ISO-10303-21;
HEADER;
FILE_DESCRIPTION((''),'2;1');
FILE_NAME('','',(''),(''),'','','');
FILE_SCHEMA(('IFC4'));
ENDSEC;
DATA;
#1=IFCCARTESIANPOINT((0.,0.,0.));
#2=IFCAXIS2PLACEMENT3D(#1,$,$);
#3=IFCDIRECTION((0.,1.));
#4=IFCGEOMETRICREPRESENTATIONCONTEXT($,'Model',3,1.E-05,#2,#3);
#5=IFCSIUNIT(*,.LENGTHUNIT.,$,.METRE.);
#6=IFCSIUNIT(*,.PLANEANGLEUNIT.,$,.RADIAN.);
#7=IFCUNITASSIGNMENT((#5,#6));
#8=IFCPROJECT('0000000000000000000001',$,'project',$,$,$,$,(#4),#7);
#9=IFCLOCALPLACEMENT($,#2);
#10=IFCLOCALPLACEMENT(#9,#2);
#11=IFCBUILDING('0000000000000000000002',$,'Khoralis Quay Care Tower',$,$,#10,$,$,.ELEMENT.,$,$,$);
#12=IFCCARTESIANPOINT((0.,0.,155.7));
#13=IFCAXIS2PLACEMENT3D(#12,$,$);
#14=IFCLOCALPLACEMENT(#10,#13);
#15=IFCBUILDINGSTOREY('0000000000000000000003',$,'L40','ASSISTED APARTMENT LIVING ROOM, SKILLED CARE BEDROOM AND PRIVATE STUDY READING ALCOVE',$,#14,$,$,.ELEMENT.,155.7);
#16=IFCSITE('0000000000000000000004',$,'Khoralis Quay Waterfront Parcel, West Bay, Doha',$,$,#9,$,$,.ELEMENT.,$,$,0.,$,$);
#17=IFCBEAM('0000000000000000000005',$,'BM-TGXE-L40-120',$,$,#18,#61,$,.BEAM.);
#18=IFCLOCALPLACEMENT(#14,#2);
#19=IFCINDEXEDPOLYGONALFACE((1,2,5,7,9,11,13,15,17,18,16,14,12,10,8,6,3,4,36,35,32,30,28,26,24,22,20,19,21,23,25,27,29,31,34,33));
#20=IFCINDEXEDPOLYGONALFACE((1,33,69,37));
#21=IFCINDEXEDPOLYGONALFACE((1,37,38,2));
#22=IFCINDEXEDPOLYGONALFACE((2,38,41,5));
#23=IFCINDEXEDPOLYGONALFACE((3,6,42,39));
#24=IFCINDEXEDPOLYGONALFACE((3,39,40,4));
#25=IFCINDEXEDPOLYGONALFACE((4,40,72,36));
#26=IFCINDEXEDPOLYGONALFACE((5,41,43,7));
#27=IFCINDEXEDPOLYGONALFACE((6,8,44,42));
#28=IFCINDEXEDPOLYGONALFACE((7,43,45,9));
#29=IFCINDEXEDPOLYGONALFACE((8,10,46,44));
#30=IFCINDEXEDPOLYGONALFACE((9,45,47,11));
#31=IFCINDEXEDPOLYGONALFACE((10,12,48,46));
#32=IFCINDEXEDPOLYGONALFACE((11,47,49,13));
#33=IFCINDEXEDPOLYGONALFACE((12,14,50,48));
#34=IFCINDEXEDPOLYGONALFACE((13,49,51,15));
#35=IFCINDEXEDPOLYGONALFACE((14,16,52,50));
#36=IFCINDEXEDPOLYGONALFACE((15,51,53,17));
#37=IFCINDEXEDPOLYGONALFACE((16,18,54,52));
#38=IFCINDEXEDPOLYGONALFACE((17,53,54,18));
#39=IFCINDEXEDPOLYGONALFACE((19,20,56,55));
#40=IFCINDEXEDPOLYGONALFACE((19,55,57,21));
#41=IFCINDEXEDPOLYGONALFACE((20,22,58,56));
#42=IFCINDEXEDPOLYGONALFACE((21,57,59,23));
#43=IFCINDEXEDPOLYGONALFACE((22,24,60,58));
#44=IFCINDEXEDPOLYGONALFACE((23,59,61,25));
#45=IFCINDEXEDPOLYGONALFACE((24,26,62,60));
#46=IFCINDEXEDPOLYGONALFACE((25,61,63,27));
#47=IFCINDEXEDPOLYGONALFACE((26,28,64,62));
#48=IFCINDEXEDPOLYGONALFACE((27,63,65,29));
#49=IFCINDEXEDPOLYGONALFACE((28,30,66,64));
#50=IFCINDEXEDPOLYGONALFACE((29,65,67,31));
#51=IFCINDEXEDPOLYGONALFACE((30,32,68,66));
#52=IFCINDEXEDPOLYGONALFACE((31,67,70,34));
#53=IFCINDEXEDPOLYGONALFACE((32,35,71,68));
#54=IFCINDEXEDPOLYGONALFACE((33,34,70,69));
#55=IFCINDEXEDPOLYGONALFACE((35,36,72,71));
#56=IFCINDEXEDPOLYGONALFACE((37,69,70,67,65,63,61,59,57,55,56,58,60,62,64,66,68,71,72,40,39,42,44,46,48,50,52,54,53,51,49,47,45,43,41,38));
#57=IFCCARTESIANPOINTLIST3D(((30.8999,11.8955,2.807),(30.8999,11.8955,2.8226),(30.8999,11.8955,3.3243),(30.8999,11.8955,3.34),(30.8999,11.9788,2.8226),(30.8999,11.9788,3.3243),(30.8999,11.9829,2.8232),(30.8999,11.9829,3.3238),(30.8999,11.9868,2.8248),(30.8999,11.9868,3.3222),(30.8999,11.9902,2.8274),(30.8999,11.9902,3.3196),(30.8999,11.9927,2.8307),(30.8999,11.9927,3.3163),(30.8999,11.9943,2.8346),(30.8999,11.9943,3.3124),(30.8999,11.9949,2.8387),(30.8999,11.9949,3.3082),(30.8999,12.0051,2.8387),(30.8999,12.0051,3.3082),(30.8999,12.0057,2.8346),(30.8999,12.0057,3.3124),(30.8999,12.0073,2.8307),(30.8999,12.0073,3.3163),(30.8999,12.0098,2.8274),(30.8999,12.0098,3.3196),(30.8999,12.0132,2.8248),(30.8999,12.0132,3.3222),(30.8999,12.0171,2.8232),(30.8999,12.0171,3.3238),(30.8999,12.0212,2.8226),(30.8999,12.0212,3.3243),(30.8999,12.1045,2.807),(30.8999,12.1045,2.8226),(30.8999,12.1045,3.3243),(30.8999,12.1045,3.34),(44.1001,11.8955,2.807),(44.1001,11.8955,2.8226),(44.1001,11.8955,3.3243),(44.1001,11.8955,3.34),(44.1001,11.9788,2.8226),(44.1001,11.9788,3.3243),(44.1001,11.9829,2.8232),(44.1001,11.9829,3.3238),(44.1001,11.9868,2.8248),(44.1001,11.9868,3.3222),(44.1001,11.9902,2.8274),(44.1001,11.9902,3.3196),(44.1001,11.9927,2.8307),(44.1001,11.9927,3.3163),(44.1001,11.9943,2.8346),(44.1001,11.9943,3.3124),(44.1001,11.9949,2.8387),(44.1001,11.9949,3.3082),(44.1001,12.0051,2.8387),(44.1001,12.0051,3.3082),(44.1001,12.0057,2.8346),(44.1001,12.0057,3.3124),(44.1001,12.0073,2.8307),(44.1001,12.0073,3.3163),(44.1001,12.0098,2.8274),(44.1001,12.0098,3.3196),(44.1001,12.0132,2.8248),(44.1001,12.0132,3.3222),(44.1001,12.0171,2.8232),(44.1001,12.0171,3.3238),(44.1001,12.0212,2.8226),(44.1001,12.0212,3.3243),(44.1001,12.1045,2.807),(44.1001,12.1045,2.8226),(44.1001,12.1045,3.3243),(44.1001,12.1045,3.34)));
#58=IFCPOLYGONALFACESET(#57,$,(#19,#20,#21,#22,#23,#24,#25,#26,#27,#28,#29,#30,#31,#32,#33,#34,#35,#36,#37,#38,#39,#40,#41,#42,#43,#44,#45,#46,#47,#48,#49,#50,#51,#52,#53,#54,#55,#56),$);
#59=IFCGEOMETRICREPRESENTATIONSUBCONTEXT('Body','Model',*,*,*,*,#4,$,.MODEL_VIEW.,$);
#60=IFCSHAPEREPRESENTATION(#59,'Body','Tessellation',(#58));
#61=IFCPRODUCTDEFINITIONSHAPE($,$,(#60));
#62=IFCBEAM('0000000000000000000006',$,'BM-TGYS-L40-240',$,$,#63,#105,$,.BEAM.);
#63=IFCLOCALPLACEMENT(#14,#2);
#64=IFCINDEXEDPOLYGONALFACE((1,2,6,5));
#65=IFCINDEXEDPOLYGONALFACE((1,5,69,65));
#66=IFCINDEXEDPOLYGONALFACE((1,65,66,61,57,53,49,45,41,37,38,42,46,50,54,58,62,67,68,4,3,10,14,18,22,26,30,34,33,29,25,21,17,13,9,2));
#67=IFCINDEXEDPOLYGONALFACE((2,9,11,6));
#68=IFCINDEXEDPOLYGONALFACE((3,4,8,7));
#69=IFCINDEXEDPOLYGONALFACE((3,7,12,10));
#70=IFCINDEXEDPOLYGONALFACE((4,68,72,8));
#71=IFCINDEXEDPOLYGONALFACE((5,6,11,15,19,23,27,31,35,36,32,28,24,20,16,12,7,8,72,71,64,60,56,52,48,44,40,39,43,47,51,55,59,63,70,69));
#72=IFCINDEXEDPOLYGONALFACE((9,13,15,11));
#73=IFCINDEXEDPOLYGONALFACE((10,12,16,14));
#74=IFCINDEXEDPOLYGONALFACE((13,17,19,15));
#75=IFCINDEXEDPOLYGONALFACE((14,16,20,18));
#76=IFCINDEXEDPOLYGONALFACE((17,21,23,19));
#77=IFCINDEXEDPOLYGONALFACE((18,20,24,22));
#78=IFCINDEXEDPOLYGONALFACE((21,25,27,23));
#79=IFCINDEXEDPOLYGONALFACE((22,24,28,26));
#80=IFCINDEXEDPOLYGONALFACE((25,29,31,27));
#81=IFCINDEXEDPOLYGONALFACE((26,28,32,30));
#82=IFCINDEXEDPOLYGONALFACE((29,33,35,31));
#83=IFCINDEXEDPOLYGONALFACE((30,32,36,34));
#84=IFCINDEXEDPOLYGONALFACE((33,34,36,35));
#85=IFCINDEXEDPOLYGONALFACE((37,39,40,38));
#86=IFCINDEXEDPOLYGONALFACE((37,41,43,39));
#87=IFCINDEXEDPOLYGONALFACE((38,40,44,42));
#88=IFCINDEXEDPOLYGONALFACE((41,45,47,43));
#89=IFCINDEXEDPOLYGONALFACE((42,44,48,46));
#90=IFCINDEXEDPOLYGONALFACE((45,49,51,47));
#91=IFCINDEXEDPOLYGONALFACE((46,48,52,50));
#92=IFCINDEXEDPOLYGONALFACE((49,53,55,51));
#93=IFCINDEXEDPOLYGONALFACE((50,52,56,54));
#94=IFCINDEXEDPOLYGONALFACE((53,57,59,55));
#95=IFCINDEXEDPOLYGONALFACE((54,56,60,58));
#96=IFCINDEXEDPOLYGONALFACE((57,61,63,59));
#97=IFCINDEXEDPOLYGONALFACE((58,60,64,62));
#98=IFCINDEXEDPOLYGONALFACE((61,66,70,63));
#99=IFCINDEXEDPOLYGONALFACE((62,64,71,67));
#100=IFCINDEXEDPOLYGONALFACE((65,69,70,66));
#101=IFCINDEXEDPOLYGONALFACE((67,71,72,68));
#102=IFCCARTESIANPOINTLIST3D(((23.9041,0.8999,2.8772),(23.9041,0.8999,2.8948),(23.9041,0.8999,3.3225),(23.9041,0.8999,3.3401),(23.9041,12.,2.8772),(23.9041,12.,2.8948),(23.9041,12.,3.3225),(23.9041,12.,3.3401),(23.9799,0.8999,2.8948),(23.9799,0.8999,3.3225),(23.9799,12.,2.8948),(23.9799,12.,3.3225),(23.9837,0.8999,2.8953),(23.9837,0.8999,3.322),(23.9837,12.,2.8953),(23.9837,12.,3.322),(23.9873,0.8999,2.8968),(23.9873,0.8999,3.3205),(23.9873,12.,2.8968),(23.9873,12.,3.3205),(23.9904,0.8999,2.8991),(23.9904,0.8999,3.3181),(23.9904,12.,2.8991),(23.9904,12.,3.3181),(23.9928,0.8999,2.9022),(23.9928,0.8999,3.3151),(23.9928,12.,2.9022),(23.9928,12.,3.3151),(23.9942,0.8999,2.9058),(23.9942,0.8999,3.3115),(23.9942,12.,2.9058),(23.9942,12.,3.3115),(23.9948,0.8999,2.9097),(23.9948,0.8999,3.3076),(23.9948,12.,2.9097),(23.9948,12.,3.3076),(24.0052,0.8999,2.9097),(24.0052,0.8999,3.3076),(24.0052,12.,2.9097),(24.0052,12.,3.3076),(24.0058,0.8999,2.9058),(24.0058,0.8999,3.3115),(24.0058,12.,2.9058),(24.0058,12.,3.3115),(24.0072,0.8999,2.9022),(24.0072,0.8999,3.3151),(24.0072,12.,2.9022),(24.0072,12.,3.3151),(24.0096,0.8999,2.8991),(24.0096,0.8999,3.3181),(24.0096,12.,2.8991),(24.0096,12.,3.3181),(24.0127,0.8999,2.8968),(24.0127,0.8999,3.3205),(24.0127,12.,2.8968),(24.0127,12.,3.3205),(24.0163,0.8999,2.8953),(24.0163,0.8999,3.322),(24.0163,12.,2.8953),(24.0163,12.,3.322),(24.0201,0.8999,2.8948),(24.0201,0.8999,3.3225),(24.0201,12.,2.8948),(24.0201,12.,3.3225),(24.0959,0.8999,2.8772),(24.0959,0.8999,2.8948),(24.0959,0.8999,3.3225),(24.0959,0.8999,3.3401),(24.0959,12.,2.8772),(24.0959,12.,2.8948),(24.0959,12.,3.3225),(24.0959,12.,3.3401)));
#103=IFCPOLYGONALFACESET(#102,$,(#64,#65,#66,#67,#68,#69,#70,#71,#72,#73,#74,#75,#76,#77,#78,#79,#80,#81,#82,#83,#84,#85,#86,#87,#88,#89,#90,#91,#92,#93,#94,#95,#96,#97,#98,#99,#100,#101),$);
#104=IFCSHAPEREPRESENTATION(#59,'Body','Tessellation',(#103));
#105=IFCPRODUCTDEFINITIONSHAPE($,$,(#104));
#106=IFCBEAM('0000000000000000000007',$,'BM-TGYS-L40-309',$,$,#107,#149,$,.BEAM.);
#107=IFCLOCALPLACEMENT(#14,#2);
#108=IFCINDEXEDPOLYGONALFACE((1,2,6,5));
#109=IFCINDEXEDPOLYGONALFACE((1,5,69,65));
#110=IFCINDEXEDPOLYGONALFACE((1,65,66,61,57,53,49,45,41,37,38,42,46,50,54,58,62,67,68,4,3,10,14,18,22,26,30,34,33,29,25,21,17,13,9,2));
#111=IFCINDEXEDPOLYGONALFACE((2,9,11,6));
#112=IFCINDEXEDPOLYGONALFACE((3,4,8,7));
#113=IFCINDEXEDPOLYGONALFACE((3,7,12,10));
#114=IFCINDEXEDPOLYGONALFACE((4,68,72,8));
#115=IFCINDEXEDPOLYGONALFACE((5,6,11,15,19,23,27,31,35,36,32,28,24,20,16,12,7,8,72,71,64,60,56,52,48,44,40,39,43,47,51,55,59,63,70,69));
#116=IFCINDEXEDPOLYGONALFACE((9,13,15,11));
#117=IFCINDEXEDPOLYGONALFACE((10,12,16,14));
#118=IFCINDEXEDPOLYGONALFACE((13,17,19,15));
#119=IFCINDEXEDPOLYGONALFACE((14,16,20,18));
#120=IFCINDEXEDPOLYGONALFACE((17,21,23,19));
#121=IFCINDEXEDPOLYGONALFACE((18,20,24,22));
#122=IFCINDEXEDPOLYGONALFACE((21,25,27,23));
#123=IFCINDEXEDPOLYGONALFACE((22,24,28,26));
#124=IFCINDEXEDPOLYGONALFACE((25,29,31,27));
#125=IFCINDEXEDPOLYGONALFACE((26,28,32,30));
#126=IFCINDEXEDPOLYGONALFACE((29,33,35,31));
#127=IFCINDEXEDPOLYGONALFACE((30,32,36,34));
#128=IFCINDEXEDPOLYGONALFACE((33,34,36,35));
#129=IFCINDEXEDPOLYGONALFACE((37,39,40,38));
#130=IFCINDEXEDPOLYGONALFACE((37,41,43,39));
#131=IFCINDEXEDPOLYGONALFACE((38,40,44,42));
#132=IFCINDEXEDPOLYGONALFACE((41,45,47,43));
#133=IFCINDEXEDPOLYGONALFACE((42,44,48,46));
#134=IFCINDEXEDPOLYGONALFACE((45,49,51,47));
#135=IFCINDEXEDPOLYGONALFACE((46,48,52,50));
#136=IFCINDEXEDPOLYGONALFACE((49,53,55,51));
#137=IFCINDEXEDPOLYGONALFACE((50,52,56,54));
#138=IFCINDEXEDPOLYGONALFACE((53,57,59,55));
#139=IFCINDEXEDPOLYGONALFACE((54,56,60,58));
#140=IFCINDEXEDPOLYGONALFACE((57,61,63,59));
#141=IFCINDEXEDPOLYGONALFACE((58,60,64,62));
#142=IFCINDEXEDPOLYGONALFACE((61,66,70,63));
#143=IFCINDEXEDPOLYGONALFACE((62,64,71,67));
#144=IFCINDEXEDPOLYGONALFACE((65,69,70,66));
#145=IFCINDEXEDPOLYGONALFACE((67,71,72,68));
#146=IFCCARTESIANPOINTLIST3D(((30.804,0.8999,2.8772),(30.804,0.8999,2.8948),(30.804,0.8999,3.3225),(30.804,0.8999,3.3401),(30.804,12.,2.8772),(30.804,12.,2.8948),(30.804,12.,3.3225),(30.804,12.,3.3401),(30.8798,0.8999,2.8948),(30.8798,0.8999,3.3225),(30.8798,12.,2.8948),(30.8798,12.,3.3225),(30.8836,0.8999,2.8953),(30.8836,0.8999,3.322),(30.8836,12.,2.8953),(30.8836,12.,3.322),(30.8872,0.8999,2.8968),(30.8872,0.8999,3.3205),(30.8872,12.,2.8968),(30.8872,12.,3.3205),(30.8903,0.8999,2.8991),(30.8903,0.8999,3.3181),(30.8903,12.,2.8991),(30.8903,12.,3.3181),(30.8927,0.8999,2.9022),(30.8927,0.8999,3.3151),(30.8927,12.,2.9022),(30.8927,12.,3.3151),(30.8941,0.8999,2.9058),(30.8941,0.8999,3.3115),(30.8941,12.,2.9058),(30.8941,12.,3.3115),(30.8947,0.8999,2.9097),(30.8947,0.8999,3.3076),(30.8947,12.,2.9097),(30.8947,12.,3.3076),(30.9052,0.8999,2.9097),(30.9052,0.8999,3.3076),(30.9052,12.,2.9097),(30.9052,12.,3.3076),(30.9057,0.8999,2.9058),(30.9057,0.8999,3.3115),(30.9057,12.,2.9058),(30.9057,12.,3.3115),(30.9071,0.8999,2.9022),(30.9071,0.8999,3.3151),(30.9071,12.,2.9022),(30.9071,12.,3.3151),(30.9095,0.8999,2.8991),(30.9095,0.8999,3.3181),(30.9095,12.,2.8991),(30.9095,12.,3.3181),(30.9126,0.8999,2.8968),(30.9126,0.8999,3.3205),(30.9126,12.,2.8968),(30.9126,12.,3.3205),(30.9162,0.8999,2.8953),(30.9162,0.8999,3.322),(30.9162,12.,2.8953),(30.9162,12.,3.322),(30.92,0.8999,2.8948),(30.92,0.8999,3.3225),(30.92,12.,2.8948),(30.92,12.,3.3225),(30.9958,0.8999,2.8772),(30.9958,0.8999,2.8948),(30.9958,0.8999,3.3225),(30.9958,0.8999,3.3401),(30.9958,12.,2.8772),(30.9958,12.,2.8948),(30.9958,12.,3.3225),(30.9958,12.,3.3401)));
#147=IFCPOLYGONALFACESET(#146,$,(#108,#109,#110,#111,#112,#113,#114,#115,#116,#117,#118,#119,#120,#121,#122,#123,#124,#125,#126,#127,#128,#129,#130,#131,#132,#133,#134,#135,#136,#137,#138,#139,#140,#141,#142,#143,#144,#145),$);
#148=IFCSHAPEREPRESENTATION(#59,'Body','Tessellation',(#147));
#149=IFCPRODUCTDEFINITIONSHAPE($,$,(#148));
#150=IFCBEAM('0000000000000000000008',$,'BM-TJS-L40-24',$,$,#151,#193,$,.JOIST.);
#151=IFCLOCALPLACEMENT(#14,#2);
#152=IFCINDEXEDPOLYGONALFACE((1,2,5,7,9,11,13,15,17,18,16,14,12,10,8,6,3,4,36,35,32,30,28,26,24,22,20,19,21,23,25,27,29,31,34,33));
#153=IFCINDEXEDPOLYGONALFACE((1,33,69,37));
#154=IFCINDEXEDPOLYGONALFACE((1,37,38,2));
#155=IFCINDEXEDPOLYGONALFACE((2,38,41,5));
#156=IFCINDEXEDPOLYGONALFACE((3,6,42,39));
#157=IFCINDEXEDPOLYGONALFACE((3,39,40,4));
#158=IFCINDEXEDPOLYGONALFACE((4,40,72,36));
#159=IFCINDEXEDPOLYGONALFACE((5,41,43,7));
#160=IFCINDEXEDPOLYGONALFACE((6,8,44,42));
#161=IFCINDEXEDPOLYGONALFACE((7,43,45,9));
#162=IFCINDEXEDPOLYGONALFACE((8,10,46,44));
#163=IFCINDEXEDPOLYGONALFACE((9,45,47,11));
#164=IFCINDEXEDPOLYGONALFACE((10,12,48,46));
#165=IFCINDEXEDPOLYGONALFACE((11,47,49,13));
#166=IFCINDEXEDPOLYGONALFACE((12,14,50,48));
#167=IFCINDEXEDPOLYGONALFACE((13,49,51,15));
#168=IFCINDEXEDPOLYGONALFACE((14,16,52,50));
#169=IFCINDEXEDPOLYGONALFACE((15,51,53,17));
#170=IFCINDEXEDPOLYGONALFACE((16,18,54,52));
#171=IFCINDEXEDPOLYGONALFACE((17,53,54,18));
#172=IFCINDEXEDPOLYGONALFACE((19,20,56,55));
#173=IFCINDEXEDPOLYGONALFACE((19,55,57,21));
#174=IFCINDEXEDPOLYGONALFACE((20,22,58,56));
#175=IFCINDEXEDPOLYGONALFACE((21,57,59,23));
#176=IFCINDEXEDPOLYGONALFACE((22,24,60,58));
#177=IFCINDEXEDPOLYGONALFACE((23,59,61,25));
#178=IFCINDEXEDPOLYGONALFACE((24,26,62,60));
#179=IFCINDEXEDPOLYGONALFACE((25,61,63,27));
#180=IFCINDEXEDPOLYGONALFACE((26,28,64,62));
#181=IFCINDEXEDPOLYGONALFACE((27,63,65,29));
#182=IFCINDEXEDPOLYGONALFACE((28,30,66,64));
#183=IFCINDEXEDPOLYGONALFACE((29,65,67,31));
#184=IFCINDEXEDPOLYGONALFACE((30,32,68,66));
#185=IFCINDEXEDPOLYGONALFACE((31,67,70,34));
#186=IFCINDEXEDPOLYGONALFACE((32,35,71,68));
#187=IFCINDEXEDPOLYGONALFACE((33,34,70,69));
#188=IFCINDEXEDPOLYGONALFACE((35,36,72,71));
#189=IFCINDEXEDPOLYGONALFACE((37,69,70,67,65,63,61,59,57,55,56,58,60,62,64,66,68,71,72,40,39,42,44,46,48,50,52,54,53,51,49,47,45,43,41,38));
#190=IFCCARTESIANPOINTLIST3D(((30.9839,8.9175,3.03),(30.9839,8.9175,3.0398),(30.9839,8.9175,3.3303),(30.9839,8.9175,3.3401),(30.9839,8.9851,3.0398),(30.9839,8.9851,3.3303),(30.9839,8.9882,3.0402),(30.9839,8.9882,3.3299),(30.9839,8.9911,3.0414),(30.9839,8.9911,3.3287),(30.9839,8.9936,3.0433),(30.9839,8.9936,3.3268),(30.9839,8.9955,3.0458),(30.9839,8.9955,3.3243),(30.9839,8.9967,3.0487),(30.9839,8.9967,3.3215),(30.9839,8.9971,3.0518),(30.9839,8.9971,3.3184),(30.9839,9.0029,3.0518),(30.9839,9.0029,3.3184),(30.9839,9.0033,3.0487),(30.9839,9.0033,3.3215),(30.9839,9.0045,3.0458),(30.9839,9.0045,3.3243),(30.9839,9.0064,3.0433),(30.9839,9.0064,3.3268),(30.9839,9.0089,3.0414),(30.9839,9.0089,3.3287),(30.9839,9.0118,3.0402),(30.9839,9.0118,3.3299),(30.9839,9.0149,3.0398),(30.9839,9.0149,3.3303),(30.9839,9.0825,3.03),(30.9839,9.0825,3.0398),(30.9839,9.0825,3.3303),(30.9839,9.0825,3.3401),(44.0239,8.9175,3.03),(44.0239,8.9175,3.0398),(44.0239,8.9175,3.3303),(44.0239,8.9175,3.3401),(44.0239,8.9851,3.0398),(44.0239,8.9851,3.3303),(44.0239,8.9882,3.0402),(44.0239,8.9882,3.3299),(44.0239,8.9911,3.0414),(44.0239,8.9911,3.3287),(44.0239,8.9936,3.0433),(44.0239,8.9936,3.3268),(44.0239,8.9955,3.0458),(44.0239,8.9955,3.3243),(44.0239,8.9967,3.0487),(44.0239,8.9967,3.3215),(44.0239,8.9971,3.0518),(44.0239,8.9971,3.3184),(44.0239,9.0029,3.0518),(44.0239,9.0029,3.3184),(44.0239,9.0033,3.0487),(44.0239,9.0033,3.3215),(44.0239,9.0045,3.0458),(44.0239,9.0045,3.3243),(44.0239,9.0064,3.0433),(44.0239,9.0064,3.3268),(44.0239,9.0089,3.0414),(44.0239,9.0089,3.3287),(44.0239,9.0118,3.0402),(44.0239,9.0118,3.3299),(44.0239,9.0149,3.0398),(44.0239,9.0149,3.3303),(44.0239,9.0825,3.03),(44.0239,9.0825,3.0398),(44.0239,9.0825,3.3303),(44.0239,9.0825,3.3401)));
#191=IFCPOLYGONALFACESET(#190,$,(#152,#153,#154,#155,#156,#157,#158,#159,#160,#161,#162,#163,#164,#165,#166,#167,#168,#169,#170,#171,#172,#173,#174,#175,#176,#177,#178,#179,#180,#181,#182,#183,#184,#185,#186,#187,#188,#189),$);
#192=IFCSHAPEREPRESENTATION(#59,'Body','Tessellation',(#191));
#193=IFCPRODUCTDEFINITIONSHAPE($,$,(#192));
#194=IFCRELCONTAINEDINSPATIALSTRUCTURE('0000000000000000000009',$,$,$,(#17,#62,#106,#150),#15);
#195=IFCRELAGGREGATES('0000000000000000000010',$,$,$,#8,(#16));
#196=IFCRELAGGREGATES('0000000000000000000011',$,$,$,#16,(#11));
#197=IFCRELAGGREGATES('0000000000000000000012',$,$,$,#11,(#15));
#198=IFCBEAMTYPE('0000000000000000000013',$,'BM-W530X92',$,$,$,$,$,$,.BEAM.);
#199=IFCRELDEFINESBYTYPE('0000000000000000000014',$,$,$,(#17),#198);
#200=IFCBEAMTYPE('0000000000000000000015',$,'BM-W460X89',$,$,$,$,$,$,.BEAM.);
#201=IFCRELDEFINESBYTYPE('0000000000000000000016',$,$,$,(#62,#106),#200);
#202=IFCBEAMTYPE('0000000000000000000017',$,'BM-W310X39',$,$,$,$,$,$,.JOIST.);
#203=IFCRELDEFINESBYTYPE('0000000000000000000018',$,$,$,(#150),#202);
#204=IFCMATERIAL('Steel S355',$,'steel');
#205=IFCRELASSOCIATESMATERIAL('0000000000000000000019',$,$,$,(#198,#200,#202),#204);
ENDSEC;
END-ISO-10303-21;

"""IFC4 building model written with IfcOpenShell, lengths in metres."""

from ifc_helpers import new_model, si_unit, direction, frame, origin, origin_2d, place, context, subcontext, project, spatial, i_section, extrude, source, transform, mapped, material, material_profile, profile_set, type_object, element, save


model = new_model("IFC4")

# Units and contexts
model_context = context("Model", 3, precision=1e-05, world=origin(), true_north=direction((0.0, 1.0)))
body_context = subcontext(model_context, "Body", "Model", "MODEL_VIEW")
ifc_project = project(units=[si_unit("LENGTHUNIT", "METRE"), si_unit("PLANEANGLEUNIT", "RADIAN")], contexts=[model_context])

# Site, building, storey
site_placement = place(None, origin())
site = spatial("IfcSite", under=ifc_project, at=site_placement, Name="Khoralis Quay Waterfront Parcel, West Bay, Doha", CompositionType="ELEMENT", RefElevation=0.0)
building_placement = place(site_placement, origin())
building = spatial("IfcBuilding", under=site, at=building_placement, Name="Khoralis Quay Care Tower", CompositionType="ELEMENT")
storey_placement = place(building_placement, frame((0.0, 0.0, 155.7)))
storey = spatial("IfcBuildingStorey", under=building, at=storey_placement, Name="L40", Description="ASSISTED APARTMENT LIVING ROOM, SKILLED CARE BEDROOM AND PRIVATE STUDY READING ALCOVE", CompositionType="ELEMENT", Elevation=155.7)

# Beams
ifc_material_1 = material(Name="Steel S355", Category="steel")
ifc_material_profile_1 = material_profile(ifc_material_1, i_section(OverallWidth=0.209, OverallDepth=0.533, WebThickness=0.0103, FlangeThickness=0.0156, FilletRadius=0.0161, at=origin_2d()), Name="Steel S355")
ifc_profile_set_1 = profile_set([ifc_material_profile_1], Name="Steel S355")
beam_type_1 = type_object("IfcBeamType", Name="BM-W530X92", PredefinedType="BEAM", material=ifc_profile_set_1)
shared_shape_1 = source(origin(), body_context, "Body", "SweptSolid", [
    extrude(i_section(OverallWidth=0.209, OverallDepth=0.533, WebThickness=0.0103, FlangeThickness=0.0156, FilletRadius=0.0161, at=origin_2d()), origin(), (0.0, 0.0, 1.0), 13.2002),
])
beam_1_placement = place(storey_placement, frame((30.8999, 12.0, 3.0735), z_axis=(1.0, 0.0, 0.0), x_axis=(0.0, 1.0, 0.0)))
element("IfcBeam", 1, at=beam_1_placement, inside=storey, type_object=beam_type_1, Name="BM-TGXE-L40-120", PredefinedType="BEAM", context=body_context, shape_type="MappedRepresentation", body=[
    mapped(shared_shape_1, transform((0.0, 0.0, 0.0), scale=1.0)),
])
ifc_material_profile_2 = material_profile(ifc_material_1, i_section(OverallWidth=0.1919, OverallDepth=0.4629, WebThickness=0.0105, FlangeThickness=0.0176, FilletRadius=0.0149, at=origin_2d()), Name="Steel S355")
ifc_profile_set_2 = profile_set([ifc_material_profile_2], Name="Steel S355")
beam_type_2 = type_object("IfcBeamType", Name="BM-W460X89", PredefinedType="BEAM", material=ifc_profile_set_2)
shared_shape_2 = source(origin(), body_context, "Body", "SweptSolid", [
    extrude(i_section(OverallWidth=0.1919, OverallDepth=0.4629, WebThickness=0.0105, FlangeThickness=0.0176, FilletRadius=0.0149, at=origin_2d()), origin(), (0.0, 0.0, 1.0), 11.1001),
])
for number, where, z_axis, x_axis, name in (
    (2, (24.0, 0.8999, 3.1086), (0.0, 1.0, 0.0), (-1.0, 0.0, 0.0), "BM-TGYS-L40-240"),
    (3, (30.8999, 0.8999, 3.1086), (0.0, 1.0, 0.0), (-1.0, 0.0, 0.0), "BM-TGYS-L40-309"),
):
    element("IfcBeam", number, at=place(storey_placement, frame(where, z_axis=z_axis, x_axis=x_axis)), inside=storey, type_object=beam_type_2, Name=name, PredefinedType="BEAM", context=body_context, shape_type="MappedRepresentation", body=[
        mapped(shared_shape_2, transform((0.0, 0.0, 0.0), scale=1.0)),
    ])
ifc_material_profile_3 = material_profile(ifc_material_1, i_section(OverallWidth=0.165, OverallDepth=0.3101, WebThickness=0.0059, FlangeThickness=0.0098, FilletRadius=0.012, at=origin_2d()), Name="Steel S355")
ifc_profile_set_3 = profile_set([ifc_material_profile_3], Name="Steel S355")
beam_type_3 = type_object("IfcBeamType", Name="BM-W310X39", PredefinedType="JOIST", material=ifc_profile_set_3)
shared_shape_3 = source(origin(), body_context, "Body", "SweptSolid", [
    extrude(i_section(OverallWidth=0.165, OverallDepth=0.3101, WebThickness=0.0059, FlangeThickness=0.0098, FilletRadius=0.012, at=origin_2d()), origin(), (0.0, 0.0, 1.0), 13.04),
])
beam_2_placement = place(storey_placement, frame((30.9839, 9.0, 3.1851), z_axis=(1.0, 0.0, 0.0), x_axis=(0.0, 1.0, 0.0)))
element("IfcBeam", 4, at=beam_2_placement, inside=storey, type_object=beam_type_3, Name="BM-TJS-L40-24", PredefinedType="JOIST", context=body_context, shape_type="MappedRepresentation", body=[
    mapped(shared_shape_3, transform((0.0, 0.0, 0.0), scale=1.0)),
])

save(model, "model.ifc")
